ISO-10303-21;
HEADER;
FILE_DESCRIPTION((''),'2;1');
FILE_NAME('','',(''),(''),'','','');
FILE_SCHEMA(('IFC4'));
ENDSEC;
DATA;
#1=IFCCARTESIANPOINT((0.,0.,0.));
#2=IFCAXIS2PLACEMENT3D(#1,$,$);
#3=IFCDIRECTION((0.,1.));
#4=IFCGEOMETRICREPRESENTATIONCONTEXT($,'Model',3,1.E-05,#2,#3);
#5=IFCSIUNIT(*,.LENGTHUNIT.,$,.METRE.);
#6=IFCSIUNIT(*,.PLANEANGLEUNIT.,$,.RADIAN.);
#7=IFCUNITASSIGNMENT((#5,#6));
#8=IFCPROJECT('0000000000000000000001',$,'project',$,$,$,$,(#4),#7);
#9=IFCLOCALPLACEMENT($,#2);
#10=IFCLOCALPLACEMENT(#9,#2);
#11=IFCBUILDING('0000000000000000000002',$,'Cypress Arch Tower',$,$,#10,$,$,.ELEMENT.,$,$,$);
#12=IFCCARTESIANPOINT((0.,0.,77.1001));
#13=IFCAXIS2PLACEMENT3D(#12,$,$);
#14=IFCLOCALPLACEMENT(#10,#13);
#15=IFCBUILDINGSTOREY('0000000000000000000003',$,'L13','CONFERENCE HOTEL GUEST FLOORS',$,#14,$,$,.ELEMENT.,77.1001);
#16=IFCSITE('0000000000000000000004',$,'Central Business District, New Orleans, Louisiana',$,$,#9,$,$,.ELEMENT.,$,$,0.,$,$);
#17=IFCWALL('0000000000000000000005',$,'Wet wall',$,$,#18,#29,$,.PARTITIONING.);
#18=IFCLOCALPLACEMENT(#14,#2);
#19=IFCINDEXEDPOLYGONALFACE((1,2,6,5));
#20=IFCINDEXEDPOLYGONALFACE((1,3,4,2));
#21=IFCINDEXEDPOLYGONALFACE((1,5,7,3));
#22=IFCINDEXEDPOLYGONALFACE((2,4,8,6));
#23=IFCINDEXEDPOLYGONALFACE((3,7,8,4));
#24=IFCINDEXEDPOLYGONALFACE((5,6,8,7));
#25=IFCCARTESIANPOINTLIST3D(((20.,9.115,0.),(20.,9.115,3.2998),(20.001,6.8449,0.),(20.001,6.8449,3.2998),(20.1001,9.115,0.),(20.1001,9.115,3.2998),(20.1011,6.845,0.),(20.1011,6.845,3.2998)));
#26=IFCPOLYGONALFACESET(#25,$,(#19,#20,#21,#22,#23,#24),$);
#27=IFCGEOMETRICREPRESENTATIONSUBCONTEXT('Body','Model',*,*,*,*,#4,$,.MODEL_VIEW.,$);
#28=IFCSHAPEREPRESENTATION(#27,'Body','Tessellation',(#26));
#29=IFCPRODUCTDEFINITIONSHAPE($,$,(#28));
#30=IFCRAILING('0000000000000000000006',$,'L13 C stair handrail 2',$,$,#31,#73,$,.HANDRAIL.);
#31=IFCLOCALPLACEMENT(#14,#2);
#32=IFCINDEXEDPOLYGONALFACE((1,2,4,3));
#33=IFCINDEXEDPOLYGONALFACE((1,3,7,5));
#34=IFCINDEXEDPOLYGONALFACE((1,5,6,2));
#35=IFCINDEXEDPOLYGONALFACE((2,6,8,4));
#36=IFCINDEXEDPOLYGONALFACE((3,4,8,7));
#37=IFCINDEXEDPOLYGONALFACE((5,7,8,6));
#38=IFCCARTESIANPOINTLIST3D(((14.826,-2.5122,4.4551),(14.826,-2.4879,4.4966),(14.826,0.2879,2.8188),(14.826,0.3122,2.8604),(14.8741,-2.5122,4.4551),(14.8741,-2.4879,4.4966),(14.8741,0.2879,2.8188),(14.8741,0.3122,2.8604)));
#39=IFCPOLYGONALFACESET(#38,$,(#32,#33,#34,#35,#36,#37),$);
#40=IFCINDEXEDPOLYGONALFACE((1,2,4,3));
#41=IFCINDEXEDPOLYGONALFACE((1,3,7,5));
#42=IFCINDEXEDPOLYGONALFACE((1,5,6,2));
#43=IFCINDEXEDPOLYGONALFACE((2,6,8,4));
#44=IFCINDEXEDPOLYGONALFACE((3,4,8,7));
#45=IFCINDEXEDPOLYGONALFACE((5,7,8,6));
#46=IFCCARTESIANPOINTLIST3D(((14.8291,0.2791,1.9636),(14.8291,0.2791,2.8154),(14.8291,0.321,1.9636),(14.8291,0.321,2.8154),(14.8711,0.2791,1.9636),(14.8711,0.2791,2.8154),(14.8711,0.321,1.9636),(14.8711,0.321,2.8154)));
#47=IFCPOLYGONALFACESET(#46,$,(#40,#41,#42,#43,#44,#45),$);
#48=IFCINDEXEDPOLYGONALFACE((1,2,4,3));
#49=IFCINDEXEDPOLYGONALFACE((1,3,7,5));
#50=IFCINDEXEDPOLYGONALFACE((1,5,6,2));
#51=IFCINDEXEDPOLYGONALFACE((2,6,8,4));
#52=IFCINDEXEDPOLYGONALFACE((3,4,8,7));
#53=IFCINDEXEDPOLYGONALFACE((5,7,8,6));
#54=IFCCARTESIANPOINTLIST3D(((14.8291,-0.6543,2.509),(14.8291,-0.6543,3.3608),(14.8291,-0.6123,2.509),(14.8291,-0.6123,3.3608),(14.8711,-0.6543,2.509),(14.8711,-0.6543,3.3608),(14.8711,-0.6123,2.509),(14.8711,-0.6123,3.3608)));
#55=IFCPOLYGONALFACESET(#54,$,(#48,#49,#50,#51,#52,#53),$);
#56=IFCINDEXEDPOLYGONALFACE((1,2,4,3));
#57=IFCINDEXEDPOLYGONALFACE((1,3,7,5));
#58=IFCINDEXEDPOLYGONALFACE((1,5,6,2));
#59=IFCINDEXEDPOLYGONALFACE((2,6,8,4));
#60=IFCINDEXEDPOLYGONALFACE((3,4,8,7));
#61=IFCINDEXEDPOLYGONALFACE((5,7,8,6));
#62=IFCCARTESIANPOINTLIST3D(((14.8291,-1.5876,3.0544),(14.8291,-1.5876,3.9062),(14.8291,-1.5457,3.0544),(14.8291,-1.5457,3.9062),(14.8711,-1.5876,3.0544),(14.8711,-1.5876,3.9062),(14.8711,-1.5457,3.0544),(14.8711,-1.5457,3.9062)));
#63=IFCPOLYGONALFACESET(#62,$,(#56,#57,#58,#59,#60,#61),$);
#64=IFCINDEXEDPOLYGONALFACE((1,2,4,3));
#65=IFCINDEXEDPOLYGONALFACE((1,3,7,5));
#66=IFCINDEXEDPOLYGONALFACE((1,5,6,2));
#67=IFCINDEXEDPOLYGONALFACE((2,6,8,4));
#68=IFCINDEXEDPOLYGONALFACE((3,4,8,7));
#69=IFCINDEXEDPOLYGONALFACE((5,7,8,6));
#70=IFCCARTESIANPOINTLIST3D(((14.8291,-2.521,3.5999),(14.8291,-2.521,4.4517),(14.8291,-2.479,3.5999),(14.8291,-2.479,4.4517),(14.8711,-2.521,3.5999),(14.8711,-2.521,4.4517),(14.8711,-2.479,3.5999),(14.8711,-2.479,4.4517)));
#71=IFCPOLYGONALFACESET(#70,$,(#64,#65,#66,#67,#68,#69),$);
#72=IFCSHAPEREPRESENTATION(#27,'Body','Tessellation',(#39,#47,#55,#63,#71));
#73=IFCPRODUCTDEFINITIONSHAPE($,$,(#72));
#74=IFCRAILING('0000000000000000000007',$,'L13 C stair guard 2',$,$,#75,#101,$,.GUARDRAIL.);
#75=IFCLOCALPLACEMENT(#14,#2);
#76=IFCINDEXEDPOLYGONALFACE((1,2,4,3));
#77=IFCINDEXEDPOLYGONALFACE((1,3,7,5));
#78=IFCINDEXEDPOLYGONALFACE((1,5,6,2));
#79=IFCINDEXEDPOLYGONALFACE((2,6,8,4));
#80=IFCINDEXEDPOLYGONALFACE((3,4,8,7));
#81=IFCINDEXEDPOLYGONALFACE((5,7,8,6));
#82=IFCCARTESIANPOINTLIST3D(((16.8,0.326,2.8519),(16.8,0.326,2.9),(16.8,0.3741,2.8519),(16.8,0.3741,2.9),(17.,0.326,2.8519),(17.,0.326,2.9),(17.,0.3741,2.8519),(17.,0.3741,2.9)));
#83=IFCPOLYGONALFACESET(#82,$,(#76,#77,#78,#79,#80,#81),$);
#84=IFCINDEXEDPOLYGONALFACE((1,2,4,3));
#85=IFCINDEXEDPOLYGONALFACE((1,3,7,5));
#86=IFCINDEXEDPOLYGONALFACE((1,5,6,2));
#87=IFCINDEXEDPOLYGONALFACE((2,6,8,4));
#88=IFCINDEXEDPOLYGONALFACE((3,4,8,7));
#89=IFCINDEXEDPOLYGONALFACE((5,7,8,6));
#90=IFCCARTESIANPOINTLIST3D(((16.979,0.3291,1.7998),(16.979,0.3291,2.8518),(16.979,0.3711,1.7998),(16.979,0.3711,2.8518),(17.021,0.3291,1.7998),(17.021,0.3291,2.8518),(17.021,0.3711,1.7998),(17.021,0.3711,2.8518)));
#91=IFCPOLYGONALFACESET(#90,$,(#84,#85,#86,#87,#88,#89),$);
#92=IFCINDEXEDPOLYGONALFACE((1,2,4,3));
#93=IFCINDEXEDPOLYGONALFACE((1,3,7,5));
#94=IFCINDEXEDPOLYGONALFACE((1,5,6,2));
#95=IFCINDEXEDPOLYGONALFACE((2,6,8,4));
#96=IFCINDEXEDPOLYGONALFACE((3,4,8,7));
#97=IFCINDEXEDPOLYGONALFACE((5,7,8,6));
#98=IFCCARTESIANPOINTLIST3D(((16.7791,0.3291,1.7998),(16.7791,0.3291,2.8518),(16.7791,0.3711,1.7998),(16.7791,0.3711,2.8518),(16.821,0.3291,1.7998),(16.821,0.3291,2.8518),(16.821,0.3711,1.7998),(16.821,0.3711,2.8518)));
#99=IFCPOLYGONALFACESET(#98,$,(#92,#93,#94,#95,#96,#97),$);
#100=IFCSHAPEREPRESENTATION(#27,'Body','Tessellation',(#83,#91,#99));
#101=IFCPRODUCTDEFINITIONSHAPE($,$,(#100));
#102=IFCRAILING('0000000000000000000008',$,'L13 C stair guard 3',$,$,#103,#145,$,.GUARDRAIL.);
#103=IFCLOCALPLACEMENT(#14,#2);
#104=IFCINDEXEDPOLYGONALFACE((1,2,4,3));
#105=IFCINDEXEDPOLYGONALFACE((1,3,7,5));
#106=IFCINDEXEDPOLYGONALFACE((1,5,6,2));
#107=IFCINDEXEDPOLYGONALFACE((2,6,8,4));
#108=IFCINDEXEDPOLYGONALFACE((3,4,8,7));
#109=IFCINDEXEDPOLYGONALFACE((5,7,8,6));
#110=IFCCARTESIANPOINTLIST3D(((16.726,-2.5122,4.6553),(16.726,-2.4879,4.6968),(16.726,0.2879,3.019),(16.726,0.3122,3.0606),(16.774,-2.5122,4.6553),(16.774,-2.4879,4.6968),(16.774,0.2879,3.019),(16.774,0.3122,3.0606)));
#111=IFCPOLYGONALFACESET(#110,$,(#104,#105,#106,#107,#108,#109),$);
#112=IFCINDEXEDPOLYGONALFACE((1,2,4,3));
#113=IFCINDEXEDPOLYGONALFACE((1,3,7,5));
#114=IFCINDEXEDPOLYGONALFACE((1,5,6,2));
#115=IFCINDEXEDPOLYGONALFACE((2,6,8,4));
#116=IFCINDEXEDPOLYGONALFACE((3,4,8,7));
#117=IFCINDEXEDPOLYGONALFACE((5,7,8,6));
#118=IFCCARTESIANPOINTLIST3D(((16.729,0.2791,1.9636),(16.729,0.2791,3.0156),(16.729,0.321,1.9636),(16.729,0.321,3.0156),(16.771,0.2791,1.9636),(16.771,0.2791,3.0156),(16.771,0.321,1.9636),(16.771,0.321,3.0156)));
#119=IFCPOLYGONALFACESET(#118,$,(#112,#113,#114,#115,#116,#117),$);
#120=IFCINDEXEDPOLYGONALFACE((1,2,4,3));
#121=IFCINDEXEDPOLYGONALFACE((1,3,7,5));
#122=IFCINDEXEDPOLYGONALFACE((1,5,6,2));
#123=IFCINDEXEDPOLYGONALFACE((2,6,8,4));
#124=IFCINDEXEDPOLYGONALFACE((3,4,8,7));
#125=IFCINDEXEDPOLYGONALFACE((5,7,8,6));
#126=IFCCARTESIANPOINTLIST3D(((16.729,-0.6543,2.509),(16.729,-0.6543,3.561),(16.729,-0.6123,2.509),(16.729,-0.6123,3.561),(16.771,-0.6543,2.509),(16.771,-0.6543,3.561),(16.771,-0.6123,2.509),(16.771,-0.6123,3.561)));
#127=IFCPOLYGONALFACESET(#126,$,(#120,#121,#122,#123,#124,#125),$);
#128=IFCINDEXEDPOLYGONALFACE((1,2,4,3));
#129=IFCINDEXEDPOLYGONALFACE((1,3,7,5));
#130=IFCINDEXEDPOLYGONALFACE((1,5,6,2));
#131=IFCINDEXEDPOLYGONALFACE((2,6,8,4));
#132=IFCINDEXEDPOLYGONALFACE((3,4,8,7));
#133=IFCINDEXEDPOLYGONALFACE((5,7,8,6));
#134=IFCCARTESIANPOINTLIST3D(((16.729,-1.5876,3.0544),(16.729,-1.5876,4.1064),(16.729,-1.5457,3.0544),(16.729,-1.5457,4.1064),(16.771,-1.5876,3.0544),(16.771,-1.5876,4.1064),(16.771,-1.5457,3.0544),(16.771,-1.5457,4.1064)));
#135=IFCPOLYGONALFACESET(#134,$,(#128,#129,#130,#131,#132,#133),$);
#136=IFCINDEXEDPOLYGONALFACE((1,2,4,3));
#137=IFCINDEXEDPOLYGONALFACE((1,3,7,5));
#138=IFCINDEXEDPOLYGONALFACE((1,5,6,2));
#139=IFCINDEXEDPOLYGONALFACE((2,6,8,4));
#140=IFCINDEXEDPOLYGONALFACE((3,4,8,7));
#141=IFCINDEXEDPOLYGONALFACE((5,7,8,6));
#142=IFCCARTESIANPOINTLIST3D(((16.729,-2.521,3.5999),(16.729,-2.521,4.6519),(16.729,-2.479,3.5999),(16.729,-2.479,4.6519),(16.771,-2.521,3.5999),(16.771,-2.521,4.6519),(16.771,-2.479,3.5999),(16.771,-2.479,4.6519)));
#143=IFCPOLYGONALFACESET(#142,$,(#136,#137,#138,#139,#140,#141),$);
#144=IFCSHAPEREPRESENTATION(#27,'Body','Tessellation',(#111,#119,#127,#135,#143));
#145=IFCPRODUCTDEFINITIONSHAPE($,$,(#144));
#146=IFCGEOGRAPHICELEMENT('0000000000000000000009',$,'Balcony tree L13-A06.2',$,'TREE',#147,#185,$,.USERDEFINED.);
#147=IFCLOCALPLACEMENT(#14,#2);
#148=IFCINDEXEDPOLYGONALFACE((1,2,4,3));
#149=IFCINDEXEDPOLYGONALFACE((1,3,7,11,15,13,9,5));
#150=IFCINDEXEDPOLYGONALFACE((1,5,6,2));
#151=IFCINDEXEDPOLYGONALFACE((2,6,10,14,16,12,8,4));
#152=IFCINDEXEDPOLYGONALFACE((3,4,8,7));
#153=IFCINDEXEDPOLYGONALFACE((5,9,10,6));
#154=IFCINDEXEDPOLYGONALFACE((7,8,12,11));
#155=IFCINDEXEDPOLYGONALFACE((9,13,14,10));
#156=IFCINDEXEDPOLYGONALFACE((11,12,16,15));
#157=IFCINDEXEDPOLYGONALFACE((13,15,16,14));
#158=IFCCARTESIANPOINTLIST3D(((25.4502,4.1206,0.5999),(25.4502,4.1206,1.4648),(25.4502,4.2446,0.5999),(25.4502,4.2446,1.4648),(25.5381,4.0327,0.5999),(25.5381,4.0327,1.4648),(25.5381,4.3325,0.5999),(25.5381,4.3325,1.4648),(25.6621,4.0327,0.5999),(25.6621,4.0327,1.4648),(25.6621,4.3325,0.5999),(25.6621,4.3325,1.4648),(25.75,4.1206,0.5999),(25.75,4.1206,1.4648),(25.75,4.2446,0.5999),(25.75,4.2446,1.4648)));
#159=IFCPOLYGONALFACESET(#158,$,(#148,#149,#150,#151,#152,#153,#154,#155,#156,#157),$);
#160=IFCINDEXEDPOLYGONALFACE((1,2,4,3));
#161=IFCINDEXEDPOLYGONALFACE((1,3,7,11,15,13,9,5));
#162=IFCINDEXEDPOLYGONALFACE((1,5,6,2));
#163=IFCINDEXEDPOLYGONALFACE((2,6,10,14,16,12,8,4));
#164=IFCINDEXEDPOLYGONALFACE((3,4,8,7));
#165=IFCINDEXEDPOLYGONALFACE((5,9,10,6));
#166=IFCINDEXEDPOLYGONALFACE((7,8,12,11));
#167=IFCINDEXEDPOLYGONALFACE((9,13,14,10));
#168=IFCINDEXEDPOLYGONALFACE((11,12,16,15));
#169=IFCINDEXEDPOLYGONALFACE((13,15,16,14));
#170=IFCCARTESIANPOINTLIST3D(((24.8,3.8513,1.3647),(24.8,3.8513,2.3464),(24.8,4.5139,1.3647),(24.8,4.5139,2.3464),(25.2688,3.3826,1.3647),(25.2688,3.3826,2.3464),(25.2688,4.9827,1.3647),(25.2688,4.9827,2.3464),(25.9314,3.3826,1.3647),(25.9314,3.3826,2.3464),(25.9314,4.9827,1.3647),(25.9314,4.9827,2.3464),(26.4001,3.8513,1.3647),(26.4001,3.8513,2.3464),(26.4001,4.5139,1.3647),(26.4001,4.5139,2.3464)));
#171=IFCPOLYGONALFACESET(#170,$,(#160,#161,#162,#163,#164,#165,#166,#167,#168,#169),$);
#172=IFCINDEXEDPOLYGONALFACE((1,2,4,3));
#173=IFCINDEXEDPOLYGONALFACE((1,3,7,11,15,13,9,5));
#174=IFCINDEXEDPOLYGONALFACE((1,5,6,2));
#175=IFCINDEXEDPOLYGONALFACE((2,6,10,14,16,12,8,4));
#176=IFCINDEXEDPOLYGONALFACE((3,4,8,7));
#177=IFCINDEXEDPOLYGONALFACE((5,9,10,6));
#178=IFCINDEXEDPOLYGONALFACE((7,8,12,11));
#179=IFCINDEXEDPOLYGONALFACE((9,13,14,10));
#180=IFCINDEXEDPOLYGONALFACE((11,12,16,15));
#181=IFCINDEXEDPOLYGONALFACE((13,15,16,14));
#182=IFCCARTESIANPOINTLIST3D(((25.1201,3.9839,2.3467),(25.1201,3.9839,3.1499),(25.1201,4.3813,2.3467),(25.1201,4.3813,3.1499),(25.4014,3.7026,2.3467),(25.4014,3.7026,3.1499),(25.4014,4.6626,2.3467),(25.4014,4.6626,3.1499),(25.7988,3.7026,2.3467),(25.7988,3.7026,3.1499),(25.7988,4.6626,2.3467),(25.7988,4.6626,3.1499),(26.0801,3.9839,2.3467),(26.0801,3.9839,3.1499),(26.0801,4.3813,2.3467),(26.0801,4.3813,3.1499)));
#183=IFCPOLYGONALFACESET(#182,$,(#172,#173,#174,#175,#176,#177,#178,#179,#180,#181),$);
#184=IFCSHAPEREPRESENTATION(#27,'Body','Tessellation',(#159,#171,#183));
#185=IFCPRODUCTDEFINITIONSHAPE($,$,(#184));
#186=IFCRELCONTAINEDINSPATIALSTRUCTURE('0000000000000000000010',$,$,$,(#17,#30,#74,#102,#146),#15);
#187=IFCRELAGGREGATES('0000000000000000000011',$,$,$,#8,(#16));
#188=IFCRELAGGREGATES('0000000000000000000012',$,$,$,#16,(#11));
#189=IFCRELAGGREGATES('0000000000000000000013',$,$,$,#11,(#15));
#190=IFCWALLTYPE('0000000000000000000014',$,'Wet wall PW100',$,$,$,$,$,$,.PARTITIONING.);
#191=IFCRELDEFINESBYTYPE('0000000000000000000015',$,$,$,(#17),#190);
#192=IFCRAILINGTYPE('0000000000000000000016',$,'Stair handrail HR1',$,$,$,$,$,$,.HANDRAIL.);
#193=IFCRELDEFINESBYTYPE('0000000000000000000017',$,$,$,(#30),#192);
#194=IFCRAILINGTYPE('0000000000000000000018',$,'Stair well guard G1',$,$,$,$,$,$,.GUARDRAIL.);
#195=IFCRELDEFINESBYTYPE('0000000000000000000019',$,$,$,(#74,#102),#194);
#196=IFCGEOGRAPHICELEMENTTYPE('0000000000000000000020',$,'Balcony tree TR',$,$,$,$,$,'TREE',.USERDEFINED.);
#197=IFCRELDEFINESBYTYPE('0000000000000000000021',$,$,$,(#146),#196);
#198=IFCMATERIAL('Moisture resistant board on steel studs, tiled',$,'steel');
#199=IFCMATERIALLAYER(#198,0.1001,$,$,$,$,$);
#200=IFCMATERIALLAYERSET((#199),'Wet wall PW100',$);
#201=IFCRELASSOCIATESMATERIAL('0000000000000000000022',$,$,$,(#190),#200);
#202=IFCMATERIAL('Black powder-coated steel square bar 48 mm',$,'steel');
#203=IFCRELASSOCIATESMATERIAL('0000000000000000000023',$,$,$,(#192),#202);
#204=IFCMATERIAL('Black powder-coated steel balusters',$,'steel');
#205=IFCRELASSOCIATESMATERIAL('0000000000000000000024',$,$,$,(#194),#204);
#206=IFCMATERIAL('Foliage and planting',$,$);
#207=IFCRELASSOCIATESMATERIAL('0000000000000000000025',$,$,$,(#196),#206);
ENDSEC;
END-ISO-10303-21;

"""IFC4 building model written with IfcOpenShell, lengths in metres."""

from ifc_helpers import new_model, si_unit, direction, frame, frame_2d, origin, origin_2d, place, context, subcontext, project, spatial, polyline, rectangle, outline, extrude, material, layer, layer_set, type_object, element, save


model = new_model("IFC4")

# Units and contexts
model_context = context("Model", 3, precision=1e-05, world=origin(), true_north=direction((0.0, 1.0)))
body_context = subcontext(model_context, "Body", "Model", "MODEL_VIEW")
ifc_project = project(units=[si_unit("LENGTHUNIT", "METRE"), si_unit("PLANEANGLEUNIT", "RADIAN")], contexts=[model_context])

# Site, building, storey
site_placement = place(None, origin())
site = spatial("IfcSite", under=ifc_project, at=site_placement, Name="Central Business District, New Orleans, Louisiana", CompositionType="ELEMENT", RefElevation=0.0)
building_placement = place(site_placement, origin())
building = spatial("IfcBuilding", under=site, at=building_placement, Name="Cypress Arch Tower", CompositionType="ELEMENT")
storey_placement = place(building_placement, frame((0.0, 0.0, 77.1001)))
storey = spatial("IfcBuildingStorey", under=building, at=storey_placement, Name="L13", Description="CONFERENCE HOTEL GUEST FLOORS", CompositionType="ELEMENT", Elevation=77.1001)

# Shared definitions
ifc_material_1 = material(Name="Moisture resistant board on steel studs, tiled", Category="steel")
ifc_layer_1 = layer(ifc_material_1, 0.1001)
ifc_layer_set_1 = layer_set([ifc_layer_1], Name="Wet wall PW100")
wall_type_1 = type_object("IfcWallType", Name="Wet wall PW100", PredefinedType="PARTITIONING", material=ifc_layer_set_1)

# Wall
wall_1_placement = place(storey_placement, frame((20.05, 9.115, 0.0), z_axis=(0.0, 0.0, 1.0), x_axis=(0.00043, -1.0, 0.0)))
element("IfcWall", 1, at=wall_1_placement, inside=storey, type_object=wall_type_1, Name="Wet wall", PredefinedType="PARTITIONING", context=body_context, shape_type="SweptSolid", body=[
    extrude(rectangle(XDim=2.27, YDim=0.1001, at=frame_2d((1.135, 0.0))), origin(), (0.0, 0.0, 1.0), 3.2998),
])

# Railings
ifc_material_2 = material(Name="Black powder-coated steel square bar 48 mm", Category="steel")
railing_type_1 = type_object("IfcRailingType", Name="Stair handrail HR1", PredefinedType="HANDRAIL", material=ifc_material_2)
railing_1_placement = place(storey_placement, frame((14.8501, 0.3, 1.9636)))
element("IfcRailing", 2, at=railing_1_placement, inside=storey, type_object=railing_type_1, Name="L13 C stair handrail 2", PredefinedType="HANDRAIL", context=body_context, shape_type="SweptSolid", body=[
    extrude(rectangle(XDim=0.0481, YDim=0.0481, at=origin_2d()), frame((0.0, 0.0, 0.876), z_axis=(0.0, -0.863394, 0.504531), x_axis=(1.0, 0.0, 0.0)), (0.0, 0.0, 1.0), 3.2432),
    extrude(rectangle(XDim=0.042, YDim=0.042, at=origin_2d()), origin(), (0.0, 0.0, 1.0), 0.8518),
    extrude(rectangle(XDim=0.042, YDim=0.042, at=origin_2d()), frame((0.0, -0.9333, 0.5454)), (0.0, 0.0, 1.0), 0.8518),
    extrude(rectangle(XDim=0.042, YDim=0.042, at=origin_2d()), frame((0.0, -1.8667, 1.0908)), (0.0, 0.0, 1.0), 0.8518),
    extrude(rectangle(XDim=0.042, YDim=0.042, at=origin_2d()), frame((0.0, -2.8, 1.6362)), (0.0, 0.0, 1.0), 0.8518),
])
ifc_material_3 = material(Name="Black powder-coated steel balusters", Category="steel")
railing_type_2 = type_object("IfcRailingType", Name="Stair well guard G1", PredefinedType="GUARDRAIL", material=ifc_material_3)
railing_2_placement = place(storey_placement, frame((17.0, 0.3501, 1.7998)))
element("IfcRailing", 3, at=railing_2_placement, inside=storey, type_object=railing_type_2, Name="L13 C stair guard 2", PredefinedType="GUARDRAIL", context=body_context, shape_type="SweptSolid", body=[
    extrude(rectangle(XDim=0.0481, YDim=0.0481, at=origin_2d()), frame((0.0, 0.0, 1.0762), z_axis=(-1.0, 0.0, 0.0), x_axis=(0.0, -1.0, 0.0)), (0.0, 0.0, 1.0), 0.2),
    extrude(rectangle(XDim=0.042, YDim=0.042, at=origin_2d()), origin(), (0.0, 0.0, 1.0), 1.052),
    extrude(rectangle(XDim=0.042, YDim=0.042, at=origin_2d()), frame((-0.2, 0.0, 0.0)), (0.0, 0.0, 1.0), 1.052),
])
railing_3_placement = place(storey_placement, frame((16.75, 0.3, 1.9636)))
element("IfcRailing", 4, at=railing_3_placement, inside=storey, type_object=railing_type_2, Name="L13 C stair guard 3", PredefinedType="GUARDRAIL", context=body_context, shape_type="SweptSolid", body=[
    extrude(rectangle(XDim=0.0481, YDim=0.0481, at=origin_2d()), frame((0.0, 0.0, 1.0762), z_axis=(0.0, -0.863394, 0.504531), x_axis=(1.0, 0.0, 0.0)), (0.0, 0.0, 1.0), 3.2432),
    extrude(rectangle(XDim=0.042, YDim=0.042, at=origin_2d()), origin(), (0.0, 0.0, 1.0), 1.052),
    extrude(rectangle(XDim=0.042, YDim=0.042, at=origin_2d()), frame((0.0, -0.9333, 0.5454)), (0.0, 0.0, 1.0), 1.052),
    extrude(rectangle(XDim=0.042, YDim=0.042, at=origin_2d()), frame((0.0, -1.8667, 1.0908)), (0.0, 0.0, 1.0), 1.052),
    extrude(rectangle(XDim=0.042, YDim=0.042, at=origin_2d()), frame((0.0, -2.8, 1.6362)), (0.0, 0.0, 1.0), 1.052),
])

# Geographic element
ifc_material_4 = material(Name="Foliage and planting")
geographic_element_type = type_object("IfcGeographicElementType", Name="Balcony tree TR", ElementType="TREE", PredefinedType="USERDEFINED", material=ifc_material_4)
for number, where, z_axis, x_axis, name in (
    (5, (25.6001, 4.1826, 0.5999), (0.0, 0.0, 1.0), (1.0, 0.0, 0.0), "Balcony tree L13-A06.2"),
):
    element("IfcGeographicElement", number, at=place(storey_placement, frame(where, z_axis=z_axis, x_axis=x_axis)), inside=storey, type_object=geographic_element_type, Name=name, ObjectType="TREE", PredefinedType="USERDEFINED", context=body_context, shape_type="SweptSolid", body=[
        extrude(outline(polyline([(0.1499, 0.062), (0.062, 0.1499), (-0.062, 0.1499), (-0.1499, 0.062), (-0.1499, -0.062), (-0.062, -0.1499), (0.062, -0.1499), (0.1499, -0.062), (0.1499, 0.062)])), origin(), (0.0, 0.0, 1.0), 0.865),
        extrude(outline(polyline([(0.8, 0.3313), (0.3313, 0.8), (-0.3313, 0.8), (-0.8, 0.3313), (-0.8, -0.3313), (-0.3313, -0.8), (0.3313, -0.8), (0.8, -0.3313), (0.8, 0.3313)])), frame((0.0, 0.0, 0.7649)), (0.0, 0.0, 1.0), 0.9817),
        extrude(outline(polyline([(0.48, 0.1987), (0.1987, 0.48), (-0.1987, 0.48), (-0.48, 0.1987), (-0.48, -0.1987), (-0.1987, -0.48), (0.1987, -0.48), (0.48, -0.1987), (0.48, 0.1987)])), frame((0.0, 0.0, 1.7468)), (0.0, 0.0, 1.0), 0.8032),
    ])

save(model, "model.ifc")
